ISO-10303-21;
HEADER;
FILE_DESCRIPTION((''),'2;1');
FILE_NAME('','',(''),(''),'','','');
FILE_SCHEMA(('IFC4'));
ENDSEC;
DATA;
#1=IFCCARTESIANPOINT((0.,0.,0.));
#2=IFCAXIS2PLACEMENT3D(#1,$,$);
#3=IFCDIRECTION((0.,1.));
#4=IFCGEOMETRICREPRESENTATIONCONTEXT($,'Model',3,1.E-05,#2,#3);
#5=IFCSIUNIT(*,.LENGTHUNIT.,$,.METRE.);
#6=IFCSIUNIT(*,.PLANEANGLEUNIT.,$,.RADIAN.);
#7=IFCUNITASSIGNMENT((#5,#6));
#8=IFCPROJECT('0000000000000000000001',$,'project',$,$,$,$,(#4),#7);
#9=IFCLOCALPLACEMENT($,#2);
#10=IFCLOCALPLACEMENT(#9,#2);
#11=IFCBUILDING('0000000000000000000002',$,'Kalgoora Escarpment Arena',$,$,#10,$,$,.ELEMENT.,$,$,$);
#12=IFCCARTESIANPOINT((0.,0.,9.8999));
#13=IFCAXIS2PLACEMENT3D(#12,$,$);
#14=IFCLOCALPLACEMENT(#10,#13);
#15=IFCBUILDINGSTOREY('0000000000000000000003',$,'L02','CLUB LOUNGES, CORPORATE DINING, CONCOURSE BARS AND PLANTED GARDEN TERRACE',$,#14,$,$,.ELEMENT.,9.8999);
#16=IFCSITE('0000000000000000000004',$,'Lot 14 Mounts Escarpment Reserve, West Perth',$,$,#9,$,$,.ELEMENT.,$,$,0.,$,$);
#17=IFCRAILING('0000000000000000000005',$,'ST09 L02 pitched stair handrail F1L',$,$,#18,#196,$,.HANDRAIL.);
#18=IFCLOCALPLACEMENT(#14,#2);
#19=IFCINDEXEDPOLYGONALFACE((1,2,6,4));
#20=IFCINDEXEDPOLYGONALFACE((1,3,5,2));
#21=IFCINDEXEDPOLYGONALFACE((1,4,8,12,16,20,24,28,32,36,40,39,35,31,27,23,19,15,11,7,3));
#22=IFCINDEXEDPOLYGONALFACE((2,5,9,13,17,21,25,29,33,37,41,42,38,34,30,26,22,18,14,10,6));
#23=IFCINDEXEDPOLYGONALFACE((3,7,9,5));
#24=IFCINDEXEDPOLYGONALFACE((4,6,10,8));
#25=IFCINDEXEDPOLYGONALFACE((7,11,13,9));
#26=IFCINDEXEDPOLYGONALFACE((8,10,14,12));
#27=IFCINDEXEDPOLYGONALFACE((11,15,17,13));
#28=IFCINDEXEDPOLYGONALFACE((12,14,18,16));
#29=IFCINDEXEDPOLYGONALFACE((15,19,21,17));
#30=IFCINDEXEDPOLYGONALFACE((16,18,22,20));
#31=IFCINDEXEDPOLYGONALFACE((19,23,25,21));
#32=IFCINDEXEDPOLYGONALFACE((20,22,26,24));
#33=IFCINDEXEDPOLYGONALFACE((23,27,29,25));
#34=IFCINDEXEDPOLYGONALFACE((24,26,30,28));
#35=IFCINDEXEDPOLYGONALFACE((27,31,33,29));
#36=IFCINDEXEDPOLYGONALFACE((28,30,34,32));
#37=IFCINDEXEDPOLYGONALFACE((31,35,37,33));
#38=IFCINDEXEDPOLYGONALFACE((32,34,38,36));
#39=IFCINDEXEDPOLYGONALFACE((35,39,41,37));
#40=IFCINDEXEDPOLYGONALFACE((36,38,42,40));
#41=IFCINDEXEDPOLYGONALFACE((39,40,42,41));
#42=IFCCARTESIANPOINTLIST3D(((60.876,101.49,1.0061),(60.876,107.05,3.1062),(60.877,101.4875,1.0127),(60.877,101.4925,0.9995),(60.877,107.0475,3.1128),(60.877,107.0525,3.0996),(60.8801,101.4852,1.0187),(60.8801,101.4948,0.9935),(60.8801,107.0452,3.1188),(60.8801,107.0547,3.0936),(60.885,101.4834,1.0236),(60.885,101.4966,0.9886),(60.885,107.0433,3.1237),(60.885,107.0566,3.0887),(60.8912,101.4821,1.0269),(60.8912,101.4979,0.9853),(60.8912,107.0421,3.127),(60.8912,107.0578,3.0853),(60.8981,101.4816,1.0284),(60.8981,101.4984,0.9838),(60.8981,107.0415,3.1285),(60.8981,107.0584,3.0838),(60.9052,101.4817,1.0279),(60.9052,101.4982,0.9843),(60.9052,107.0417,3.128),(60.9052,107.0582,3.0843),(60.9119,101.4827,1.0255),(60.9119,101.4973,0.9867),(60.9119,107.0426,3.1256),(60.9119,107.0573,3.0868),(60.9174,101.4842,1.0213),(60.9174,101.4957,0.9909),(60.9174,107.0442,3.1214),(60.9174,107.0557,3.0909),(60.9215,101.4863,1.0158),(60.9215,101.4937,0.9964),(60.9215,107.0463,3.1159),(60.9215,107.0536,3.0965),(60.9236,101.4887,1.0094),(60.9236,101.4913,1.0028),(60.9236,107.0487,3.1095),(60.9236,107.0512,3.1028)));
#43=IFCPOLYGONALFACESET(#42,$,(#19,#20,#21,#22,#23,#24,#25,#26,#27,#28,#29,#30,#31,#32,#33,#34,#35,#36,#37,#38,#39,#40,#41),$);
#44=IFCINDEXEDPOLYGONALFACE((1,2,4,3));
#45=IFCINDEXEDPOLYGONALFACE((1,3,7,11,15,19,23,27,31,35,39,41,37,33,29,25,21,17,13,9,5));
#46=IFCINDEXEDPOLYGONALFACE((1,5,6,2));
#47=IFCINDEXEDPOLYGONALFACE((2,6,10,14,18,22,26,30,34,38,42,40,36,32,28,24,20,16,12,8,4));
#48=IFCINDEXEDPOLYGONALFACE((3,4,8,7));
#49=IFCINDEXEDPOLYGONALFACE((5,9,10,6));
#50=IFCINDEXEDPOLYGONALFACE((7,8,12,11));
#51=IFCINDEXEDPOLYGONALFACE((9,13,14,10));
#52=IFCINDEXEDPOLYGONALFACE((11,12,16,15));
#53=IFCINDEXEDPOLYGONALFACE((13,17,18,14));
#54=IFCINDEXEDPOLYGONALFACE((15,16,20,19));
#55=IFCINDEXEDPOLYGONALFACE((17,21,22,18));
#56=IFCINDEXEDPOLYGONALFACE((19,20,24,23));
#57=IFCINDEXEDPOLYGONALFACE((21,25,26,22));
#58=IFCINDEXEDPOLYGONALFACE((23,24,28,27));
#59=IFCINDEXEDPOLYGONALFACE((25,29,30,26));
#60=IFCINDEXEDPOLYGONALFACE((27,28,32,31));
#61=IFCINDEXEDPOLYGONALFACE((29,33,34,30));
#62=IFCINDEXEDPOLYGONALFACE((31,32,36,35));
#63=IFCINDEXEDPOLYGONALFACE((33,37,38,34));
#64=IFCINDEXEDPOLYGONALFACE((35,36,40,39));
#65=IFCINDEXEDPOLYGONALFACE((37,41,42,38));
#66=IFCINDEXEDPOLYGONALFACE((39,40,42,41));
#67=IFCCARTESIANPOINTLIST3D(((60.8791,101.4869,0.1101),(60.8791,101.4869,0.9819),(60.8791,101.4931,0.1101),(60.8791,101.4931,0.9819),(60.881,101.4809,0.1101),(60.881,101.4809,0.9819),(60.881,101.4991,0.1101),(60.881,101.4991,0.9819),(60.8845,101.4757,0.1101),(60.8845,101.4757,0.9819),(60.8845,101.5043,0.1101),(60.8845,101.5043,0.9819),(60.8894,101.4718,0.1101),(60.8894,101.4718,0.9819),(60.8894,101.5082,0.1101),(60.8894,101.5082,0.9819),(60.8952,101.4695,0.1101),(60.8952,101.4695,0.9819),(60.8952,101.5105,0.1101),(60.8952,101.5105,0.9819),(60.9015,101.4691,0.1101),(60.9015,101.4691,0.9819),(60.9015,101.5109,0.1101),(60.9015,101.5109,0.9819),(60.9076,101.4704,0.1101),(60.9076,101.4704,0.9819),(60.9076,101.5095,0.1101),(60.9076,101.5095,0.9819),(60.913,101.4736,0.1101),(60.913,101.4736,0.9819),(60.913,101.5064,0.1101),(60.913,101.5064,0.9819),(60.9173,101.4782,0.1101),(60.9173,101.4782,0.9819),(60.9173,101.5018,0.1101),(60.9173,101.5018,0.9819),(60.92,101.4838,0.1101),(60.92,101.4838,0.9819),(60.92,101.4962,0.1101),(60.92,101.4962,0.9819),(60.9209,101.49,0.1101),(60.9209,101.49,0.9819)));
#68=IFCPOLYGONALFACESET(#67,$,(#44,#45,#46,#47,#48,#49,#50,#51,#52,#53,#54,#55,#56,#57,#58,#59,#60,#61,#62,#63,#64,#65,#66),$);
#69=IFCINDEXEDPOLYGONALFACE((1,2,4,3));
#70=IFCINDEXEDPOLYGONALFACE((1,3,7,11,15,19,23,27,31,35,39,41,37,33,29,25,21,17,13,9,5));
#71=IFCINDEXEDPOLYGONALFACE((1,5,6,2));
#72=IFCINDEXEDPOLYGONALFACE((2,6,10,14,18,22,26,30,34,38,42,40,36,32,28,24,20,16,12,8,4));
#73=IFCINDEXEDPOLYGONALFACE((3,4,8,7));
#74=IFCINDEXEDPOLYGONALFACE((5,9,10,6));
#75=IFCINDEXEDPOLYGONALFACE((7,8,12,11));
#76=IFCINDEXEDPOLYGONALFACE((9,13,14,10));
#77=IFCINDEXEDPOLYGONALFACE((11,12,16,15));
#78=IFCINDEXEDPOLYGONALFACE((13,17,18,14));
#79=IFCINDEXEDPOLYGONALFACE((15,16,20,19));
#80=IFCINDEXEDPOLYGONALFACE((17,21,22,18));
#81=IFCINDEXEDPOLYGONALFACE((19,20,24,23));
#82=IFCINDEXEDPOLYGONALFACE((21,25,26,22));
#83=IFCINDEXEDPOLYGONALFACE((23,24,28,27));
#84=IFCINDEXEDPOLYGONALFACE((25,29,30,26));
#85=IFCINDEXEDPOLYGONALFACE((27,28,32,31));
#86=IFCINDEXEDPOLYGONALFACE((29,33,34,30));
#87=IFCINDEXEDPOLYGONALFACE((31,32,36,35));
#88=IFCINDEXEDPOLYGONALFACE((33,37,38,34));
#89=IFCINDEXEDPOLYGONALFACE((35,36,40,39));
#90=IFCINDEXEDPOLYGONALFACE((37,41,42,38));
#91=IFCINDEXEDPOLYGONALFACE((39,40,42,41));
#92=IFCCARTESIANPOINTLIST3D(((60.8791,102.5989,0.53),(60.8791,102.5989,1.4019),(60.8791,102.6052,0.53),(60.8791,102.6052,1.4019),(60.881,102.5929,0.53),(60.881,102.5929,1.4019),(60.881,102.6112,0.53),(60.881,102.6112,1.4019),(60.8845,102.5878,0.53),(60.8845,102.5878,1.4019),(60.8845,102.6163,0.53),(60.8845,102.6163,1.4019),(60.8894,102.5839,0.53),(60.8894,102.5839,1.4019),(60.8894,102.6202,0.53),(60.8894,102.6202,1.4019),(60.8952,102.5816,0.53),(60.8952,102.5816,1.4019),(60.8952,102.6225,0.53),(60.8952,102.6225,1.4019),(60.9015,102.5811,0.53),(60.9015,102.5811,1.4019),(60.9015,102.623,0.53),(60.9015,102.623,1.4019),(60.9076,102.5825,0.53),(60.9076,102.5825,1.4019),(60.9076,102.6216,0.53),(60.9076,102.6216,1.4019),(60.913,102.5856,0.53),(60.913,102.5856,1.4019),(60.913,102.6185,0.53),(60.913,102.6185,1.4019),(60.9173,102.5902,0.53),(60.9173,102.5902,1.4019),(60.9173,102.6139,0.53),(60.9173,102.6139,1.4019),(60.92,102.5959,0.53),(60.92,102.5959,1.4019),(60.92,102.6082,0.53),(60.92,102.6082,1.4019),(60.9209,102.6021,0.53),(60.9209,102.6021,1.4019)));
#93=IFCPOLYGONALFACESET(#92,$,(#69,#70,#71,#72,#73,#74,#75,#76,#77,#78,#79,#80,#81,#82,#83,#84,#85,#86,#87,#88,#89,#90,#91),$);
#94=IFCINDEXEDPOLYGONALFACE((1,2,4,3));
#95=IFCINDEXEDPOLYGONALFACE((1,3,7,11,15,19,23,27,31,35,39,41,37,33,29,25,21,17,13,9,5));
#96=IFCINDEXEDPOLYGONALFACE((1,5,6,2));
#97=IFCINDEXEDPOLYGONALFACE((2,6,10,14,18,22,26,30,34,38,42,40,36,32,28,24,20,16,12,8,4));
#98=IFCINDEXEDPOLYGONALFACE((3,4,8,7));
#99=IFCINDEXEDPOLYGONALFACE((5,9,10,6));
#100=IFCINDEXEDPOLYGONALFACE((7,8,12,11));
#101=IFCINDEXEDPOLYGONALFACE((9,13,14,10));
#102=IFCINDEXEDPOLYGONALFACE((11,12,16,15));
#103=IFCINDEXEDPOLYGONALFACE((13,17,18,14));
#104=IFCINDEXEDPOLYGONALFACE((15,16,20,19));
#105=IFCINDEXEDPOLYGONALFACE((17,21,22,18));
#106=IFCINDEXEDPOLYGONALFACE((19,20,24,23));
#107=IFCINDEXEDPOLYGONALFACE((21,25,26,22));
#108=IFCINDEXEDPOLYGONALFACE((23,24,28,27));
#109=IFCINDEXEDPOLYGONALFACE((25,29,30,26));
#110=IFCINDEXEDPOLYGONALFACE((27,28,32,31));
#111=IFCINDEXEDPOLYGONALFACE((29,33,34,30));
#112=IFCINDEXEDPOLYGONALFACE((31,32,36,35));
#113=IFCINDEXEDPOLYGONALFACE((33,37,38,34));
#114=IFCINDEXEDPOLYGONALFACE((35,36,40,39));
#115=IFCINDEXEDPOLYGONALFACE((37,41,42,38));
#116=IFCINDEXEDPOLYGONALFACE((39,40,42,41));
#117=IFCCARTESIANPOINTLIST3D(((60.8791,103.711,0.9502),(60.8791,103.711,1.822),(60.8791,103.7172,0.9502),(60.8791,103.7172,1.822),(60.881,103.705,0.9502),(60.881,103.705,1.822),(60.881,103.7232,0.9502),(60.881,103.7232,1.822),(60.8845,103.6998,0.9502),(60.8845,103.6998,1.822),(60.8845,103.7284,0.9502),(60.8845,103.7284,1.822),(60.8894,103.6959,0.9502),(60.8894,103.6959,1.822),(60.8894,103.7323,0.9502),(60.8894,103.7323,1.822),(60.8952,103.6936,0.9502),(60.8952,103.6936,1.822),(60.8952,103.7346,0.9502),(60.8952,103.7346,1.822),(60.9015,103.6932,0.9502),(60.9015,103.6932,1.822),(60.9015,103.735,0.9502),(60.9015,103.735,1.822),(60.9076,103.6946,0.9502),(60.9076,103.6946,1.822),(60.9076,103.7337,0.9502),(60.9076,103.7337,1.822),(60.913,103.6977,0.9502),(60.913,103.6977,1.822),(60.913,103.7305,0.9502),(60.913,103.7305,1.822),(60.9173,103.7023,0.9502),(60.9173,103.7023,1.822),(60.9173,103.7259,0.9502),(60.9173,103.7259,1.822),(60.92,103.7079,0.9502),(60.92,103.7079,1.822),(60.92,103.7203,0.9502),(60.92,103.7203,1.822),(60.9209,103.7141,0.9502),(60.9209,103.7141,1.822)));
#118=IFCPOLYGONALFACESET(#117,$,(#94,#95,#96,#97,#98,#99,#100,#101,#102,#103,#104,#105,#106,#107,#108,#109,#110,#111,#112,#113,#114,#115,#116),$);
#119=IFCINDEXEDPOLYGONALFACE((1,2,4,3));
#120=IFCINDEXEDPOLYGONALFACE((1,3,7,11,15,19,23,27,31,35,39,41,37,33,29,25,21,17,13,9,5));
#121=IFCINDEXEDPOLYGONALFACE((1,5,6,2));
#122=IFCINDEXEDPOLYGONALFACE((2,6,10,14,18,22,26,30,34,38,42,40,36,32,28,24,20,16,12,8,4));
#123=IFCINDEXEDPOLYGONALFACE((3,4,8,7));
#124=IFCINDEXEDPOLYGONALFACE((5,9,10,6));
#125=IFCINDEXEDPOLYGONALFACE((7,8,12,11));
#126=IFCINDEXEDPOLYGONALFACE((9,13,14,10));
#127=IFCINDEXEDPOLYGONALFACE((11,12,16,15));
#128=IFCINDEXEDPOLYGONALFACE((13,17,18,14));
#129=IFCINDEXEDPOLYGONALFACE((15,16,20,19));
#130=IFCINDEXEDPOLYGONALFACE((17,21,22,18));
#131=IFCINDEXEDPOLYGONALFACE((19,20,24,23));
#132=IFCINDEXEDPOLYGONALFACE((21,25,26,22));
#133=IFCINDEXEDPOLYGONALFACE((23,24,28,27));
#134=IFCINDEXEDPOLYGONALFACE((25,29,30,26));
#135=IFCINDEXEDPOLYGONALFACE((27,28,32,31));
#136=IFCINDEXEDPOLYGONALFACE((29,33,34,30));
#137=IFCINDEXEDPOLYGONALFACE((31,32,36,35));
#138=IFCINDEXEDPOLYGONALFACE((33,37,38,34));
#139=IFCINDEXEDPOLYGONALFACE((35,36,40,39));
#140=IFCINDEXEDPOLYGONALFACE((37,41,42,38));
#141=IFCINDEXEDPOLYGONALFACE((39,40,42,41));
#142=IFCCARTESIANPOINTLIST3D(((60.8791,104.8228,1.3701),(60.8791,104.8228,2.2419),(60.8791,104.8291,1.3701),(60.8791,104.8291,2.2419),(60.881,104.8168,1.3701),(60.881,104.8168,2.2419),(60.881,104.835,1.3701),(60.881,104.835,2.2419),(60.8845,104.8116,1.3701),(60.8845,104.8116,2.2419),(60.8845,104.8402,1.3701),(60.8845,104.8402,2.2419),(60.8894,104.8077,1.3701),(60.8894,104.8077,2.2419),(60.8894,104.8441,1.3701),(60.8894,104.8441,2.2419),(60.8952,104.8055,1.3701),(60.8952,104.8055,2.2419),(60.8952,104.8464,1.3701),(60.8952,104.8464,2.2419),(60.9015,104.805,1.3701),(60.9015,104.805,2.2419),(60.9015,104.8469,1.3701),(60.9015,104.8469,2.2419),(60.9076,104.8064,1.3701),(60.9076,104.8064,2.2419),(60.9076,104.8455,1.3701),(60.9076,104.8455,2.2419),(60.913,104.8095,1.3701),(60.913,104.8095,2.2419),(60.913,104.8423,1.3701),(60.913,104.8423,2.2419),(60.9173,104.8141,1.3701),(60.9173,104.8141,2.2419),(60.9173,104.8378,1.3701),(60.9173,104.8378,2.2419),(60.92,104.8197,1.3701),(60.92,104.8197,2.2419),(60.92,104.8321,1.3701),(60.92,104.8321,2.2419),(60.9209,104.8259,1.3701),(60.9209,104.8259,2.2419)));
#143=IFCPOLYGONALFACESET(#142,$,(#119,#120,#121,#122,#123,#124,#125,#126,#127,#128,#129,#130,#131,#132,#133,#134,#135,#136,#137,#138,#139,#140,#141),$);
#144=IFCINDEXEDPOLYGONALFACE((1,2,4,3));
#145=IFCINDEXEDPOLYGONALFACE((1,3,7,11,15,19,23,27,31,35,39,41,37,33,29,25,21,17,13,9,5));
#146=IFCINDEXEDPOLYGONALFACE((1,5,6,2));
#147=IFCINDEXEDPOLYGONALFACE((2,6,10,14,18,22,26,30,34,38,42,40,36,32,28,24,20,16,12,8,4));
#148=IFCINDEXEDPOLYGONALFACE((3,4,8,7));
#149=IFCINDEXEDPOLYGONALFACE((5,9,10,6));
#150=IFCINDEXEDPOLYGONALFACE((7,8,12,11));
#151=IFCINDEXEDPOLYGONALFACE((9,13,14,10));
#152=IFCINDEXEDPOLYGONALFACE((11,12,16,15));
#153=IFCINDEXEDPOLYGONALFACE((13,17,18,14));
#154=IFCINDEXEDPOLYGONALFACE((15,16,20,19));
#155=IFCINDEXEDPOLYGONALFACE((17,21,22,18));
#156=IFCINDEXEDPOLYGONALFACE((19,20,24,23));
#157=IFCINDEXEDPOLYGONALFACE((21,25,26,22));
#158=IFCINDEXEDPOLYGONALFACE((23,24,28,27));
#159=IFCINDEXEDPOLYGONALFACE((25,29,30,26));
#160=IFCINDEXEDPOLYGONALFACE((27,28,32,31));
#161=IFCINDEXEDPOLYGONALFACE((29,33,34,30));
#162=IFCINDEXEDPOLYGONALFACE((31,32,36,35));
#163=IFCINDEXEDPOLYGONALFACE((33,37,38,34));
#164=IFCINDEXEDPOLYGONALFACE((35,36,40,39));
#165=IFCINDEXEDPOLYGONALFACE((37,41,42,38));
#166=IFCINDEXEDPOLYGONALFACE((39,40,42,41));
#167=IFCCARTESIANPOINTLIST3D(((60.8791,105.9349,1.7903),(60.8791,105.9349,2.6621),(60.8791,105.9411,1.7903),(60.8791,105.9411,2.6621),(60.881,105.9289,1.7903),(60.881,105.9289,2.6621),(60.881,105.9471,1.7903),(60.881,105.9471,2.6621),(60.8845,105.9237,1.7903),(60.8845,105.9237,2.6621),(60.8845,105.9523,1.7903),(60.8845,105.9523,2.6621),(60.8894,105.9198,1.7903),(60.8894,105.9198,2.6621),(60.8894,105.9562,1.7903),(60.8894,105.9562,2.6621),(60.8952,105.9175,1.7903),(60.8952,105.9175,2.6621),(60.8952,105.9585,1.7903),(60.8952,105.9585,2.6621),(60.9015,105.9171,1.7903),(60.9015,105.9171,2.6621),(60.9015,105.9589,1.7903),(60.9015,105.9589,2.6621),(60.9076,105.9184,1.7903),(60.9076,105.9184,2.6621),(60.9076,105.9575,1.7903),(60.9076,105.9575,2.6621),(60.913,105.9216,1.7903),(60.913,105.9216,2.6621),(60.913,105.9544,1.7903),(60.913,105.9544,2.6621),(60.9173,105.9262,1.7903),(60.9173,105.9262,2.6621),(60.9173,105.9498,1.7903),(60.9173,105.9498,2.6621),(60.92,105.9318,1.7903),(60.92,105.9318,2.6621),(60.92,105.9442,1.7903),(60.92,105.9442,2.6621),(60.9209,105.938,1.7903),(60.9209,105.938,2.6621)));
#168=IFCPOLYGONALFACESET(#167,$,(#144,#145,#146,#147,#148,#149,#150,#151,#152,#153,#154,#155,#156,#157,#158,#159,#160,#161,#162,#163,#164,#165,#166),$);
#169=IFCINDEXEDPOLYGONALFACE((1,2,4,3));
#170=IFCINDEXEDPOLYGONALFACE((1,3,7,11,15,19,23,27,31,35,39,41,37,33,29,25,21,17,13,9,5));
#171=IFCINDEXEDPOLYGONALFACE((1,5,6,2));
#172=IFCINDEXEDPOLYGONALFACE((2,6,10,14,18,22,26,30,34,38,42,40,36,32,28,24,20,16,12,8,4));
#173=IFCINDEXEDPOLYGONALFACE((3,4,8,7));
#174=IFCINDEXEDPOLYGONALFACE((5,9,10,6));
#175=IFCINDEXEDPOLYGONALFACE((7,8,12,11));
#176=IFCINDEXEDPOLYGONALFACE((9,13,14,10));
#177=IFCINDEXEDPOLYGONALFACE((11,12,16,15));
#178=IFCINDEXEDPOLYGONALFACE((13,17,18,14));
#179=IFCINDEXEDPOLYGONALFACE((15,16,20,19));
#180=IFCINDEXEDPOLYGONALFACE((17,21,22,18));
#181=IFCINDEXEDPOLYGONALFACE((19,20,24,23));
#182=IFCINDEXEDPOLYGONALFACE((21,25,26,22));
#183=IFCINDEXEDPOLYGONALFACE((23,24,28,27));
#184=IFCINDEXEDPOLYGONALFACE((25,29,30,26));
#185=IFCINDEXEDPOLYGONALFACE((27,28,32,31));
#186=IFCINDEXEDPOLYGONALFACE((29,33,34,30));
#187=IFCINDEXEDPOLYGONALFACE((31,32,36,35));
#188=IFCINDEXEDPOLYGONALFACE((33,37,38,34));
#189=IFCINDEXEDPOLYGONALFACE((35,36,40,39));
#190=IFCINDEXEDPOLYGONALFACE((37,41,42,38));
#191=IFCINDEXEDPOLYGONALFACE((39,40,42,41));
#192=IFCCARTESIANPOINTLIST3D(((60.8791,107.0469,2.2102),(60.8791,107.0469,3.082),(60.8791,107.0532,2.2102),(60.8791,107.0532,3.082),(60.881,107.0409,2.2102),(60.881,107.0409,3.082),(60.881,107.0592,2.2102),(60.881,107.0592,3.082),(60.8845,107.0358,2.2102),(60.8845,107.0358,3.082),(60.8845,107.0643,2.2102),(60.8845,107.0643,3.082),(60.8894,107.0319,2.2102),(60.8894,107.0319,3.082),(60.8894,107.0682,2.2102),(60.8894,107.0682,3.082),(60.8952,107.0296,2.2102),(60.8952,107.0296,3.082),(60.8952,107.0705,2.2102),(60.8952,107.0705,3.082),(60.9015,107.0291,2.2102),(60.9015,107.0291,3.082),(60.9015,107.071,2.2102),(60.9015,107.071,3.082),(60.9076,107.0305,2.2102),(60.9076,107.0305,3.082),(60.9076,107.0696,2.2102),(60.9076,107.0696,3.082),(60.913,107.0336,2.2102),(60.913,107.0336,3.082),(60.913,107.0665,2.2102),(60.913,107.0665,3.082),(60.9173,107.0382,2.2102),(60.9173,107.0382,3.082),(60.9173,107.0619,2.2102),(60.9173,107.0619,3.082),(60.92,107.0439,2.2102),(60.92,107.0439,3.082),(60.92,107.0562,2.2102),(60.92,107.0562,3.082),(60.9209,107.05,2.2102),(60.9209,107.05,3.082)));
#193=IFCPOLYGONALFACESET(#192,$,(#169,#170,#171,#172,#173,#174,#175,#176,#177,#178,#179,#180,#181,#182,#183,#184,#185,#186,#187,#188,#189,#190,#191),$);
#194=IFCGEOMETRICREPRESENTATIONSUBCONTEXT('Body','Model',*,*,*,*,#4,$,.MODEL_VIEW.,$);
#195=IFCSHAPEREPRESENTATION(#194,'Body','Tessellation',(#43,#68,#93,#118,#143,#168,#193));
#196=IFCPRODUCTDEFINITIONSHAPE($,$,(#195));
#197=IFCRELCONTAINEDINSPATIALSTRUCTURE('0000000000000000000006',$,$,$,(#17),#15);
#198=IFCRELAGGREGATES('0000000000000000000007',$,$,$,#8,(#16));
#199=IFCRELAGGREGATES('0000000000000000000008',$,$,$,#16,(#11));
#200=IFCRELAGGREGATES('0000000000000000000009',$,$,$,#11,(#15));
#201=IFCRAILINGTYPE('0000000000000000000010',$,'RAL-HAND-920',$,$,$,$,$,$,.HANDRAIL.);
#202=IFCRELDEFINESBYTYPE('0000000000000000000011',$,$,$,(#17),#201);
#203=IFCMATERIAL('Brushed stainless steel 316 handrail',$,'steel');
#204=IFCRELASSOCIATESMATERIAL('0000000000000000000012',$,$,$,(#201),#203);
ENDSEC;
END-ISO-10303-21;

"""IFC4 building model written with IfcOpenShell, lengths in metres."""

from ifc_helpers import new_model, si_unit, direction, frame, origin, origin_2d, place, context, subcontext, project, spatial, circle, extrude, material, type_object, element, save


model = new_model("IFC4")

# Units and contexts
model_context = context("Model", 3, precision=1e-05, world=origin(), true_north=direction((0.0, 1.0)))
body_context = subcontext(model_context, "Body", "Model", "MODEL_VIEW")
ifc_project = project(units=[si_unit("LENGTHUNIT", "METRE"), si_unit("PLANEANGLEUNIT", "RADIAN")], contexts=[model_context])

# Site, building, storey
site_placement = place(None, origin())
site = spatial("IfcSite", under=ifc_project, at=site_placement, Name="Lot 14 Mounts Escarpment Reserve, West Perth", CompositionType="ELEMENT", RefElevation=0.0)
building_placement = place(site_placement, origin())
building = spatial("IfcBuilding", under=site, at=building_placement, Name="Kalgoora Escarpment Arena", CompositionType="ELEMENT")
storey_placement = place(building_placement, frame((0.0, 0.0, 9.8999)))
storey = spatial("IfcBuildingStorey", under=building, at=storey_placement, Name="L02", Description="CLUB LOUNGES, CORPORATE DINING, CONCOURSE BARS AND PLANTED GARDEN TERRACE", CompositionType="ELEMENT", Elevation=9.8999)

# Railing
ifc_material_1 = material(Name="Brushed stainless steel 316 handrail", Category="steel")
railing_type_1 = type_object("IfcRailingType", Name="RAL-HAND-920", PredefinedType="HANDRAIL", material=ifc_material_1)
for number, where, name in (
    (1, (60.8999, 101.49, 0.1101), "ST09 L02 pitched stair handrail F1L"),
):
    element("IfcRailing", number, at=place(storey_placement, frame(where)), inside=storey, type_object=railing_type_1, Name=name, PredefinedType="HANDRAIL", context=body_context, shape_type="SweptSolid", body=[
        extrude(circle(Radius=0.0239, at=origin_2d()), frame((0.0, 0.0, 0.896), z_axis=(0.0, 0.935493, 0.353346), x_axis=(-1.0, 0.0, 0.0)), (0.0, 0.0, 1.0), 5.9434),
        extrude(circle(Radius=0.021, at=origin_2d()), origin(), (0.0, 0.0, 1.0), 0.8718),
        extrude(circle(Radius=0.021, at=origin_2d()), frame((0.0, 1.1121, 0.4199)), (0.0, 0.0, 1.0), 0.8718),
        extrude(circle(Radius=0.021, at=origin_2d()), frame((0.0, 2.2241, 0.8401)), (0.0, 0.0, 1.0), 0.8718),
        extrude(circle(Radius=0.021, at=origin_2d()), frame((0.0, 3.3359, 1.26)), (0.0, 0.0, 1.0), 0.8718),
        extrude(circle(Radius=0.021, at=origin_2d()), frame((0.0, 4.448, 1.6802)), (0.0, 0.0, 1.0), 0.8718),
        extrude(circle(Radius=0.021, at=origin_2d()), frame((0.0, 5.5601, 2.1001)), (0.0, 0.0, 1.0), 0.8718),
    ])

save(model, "model.ifc")
